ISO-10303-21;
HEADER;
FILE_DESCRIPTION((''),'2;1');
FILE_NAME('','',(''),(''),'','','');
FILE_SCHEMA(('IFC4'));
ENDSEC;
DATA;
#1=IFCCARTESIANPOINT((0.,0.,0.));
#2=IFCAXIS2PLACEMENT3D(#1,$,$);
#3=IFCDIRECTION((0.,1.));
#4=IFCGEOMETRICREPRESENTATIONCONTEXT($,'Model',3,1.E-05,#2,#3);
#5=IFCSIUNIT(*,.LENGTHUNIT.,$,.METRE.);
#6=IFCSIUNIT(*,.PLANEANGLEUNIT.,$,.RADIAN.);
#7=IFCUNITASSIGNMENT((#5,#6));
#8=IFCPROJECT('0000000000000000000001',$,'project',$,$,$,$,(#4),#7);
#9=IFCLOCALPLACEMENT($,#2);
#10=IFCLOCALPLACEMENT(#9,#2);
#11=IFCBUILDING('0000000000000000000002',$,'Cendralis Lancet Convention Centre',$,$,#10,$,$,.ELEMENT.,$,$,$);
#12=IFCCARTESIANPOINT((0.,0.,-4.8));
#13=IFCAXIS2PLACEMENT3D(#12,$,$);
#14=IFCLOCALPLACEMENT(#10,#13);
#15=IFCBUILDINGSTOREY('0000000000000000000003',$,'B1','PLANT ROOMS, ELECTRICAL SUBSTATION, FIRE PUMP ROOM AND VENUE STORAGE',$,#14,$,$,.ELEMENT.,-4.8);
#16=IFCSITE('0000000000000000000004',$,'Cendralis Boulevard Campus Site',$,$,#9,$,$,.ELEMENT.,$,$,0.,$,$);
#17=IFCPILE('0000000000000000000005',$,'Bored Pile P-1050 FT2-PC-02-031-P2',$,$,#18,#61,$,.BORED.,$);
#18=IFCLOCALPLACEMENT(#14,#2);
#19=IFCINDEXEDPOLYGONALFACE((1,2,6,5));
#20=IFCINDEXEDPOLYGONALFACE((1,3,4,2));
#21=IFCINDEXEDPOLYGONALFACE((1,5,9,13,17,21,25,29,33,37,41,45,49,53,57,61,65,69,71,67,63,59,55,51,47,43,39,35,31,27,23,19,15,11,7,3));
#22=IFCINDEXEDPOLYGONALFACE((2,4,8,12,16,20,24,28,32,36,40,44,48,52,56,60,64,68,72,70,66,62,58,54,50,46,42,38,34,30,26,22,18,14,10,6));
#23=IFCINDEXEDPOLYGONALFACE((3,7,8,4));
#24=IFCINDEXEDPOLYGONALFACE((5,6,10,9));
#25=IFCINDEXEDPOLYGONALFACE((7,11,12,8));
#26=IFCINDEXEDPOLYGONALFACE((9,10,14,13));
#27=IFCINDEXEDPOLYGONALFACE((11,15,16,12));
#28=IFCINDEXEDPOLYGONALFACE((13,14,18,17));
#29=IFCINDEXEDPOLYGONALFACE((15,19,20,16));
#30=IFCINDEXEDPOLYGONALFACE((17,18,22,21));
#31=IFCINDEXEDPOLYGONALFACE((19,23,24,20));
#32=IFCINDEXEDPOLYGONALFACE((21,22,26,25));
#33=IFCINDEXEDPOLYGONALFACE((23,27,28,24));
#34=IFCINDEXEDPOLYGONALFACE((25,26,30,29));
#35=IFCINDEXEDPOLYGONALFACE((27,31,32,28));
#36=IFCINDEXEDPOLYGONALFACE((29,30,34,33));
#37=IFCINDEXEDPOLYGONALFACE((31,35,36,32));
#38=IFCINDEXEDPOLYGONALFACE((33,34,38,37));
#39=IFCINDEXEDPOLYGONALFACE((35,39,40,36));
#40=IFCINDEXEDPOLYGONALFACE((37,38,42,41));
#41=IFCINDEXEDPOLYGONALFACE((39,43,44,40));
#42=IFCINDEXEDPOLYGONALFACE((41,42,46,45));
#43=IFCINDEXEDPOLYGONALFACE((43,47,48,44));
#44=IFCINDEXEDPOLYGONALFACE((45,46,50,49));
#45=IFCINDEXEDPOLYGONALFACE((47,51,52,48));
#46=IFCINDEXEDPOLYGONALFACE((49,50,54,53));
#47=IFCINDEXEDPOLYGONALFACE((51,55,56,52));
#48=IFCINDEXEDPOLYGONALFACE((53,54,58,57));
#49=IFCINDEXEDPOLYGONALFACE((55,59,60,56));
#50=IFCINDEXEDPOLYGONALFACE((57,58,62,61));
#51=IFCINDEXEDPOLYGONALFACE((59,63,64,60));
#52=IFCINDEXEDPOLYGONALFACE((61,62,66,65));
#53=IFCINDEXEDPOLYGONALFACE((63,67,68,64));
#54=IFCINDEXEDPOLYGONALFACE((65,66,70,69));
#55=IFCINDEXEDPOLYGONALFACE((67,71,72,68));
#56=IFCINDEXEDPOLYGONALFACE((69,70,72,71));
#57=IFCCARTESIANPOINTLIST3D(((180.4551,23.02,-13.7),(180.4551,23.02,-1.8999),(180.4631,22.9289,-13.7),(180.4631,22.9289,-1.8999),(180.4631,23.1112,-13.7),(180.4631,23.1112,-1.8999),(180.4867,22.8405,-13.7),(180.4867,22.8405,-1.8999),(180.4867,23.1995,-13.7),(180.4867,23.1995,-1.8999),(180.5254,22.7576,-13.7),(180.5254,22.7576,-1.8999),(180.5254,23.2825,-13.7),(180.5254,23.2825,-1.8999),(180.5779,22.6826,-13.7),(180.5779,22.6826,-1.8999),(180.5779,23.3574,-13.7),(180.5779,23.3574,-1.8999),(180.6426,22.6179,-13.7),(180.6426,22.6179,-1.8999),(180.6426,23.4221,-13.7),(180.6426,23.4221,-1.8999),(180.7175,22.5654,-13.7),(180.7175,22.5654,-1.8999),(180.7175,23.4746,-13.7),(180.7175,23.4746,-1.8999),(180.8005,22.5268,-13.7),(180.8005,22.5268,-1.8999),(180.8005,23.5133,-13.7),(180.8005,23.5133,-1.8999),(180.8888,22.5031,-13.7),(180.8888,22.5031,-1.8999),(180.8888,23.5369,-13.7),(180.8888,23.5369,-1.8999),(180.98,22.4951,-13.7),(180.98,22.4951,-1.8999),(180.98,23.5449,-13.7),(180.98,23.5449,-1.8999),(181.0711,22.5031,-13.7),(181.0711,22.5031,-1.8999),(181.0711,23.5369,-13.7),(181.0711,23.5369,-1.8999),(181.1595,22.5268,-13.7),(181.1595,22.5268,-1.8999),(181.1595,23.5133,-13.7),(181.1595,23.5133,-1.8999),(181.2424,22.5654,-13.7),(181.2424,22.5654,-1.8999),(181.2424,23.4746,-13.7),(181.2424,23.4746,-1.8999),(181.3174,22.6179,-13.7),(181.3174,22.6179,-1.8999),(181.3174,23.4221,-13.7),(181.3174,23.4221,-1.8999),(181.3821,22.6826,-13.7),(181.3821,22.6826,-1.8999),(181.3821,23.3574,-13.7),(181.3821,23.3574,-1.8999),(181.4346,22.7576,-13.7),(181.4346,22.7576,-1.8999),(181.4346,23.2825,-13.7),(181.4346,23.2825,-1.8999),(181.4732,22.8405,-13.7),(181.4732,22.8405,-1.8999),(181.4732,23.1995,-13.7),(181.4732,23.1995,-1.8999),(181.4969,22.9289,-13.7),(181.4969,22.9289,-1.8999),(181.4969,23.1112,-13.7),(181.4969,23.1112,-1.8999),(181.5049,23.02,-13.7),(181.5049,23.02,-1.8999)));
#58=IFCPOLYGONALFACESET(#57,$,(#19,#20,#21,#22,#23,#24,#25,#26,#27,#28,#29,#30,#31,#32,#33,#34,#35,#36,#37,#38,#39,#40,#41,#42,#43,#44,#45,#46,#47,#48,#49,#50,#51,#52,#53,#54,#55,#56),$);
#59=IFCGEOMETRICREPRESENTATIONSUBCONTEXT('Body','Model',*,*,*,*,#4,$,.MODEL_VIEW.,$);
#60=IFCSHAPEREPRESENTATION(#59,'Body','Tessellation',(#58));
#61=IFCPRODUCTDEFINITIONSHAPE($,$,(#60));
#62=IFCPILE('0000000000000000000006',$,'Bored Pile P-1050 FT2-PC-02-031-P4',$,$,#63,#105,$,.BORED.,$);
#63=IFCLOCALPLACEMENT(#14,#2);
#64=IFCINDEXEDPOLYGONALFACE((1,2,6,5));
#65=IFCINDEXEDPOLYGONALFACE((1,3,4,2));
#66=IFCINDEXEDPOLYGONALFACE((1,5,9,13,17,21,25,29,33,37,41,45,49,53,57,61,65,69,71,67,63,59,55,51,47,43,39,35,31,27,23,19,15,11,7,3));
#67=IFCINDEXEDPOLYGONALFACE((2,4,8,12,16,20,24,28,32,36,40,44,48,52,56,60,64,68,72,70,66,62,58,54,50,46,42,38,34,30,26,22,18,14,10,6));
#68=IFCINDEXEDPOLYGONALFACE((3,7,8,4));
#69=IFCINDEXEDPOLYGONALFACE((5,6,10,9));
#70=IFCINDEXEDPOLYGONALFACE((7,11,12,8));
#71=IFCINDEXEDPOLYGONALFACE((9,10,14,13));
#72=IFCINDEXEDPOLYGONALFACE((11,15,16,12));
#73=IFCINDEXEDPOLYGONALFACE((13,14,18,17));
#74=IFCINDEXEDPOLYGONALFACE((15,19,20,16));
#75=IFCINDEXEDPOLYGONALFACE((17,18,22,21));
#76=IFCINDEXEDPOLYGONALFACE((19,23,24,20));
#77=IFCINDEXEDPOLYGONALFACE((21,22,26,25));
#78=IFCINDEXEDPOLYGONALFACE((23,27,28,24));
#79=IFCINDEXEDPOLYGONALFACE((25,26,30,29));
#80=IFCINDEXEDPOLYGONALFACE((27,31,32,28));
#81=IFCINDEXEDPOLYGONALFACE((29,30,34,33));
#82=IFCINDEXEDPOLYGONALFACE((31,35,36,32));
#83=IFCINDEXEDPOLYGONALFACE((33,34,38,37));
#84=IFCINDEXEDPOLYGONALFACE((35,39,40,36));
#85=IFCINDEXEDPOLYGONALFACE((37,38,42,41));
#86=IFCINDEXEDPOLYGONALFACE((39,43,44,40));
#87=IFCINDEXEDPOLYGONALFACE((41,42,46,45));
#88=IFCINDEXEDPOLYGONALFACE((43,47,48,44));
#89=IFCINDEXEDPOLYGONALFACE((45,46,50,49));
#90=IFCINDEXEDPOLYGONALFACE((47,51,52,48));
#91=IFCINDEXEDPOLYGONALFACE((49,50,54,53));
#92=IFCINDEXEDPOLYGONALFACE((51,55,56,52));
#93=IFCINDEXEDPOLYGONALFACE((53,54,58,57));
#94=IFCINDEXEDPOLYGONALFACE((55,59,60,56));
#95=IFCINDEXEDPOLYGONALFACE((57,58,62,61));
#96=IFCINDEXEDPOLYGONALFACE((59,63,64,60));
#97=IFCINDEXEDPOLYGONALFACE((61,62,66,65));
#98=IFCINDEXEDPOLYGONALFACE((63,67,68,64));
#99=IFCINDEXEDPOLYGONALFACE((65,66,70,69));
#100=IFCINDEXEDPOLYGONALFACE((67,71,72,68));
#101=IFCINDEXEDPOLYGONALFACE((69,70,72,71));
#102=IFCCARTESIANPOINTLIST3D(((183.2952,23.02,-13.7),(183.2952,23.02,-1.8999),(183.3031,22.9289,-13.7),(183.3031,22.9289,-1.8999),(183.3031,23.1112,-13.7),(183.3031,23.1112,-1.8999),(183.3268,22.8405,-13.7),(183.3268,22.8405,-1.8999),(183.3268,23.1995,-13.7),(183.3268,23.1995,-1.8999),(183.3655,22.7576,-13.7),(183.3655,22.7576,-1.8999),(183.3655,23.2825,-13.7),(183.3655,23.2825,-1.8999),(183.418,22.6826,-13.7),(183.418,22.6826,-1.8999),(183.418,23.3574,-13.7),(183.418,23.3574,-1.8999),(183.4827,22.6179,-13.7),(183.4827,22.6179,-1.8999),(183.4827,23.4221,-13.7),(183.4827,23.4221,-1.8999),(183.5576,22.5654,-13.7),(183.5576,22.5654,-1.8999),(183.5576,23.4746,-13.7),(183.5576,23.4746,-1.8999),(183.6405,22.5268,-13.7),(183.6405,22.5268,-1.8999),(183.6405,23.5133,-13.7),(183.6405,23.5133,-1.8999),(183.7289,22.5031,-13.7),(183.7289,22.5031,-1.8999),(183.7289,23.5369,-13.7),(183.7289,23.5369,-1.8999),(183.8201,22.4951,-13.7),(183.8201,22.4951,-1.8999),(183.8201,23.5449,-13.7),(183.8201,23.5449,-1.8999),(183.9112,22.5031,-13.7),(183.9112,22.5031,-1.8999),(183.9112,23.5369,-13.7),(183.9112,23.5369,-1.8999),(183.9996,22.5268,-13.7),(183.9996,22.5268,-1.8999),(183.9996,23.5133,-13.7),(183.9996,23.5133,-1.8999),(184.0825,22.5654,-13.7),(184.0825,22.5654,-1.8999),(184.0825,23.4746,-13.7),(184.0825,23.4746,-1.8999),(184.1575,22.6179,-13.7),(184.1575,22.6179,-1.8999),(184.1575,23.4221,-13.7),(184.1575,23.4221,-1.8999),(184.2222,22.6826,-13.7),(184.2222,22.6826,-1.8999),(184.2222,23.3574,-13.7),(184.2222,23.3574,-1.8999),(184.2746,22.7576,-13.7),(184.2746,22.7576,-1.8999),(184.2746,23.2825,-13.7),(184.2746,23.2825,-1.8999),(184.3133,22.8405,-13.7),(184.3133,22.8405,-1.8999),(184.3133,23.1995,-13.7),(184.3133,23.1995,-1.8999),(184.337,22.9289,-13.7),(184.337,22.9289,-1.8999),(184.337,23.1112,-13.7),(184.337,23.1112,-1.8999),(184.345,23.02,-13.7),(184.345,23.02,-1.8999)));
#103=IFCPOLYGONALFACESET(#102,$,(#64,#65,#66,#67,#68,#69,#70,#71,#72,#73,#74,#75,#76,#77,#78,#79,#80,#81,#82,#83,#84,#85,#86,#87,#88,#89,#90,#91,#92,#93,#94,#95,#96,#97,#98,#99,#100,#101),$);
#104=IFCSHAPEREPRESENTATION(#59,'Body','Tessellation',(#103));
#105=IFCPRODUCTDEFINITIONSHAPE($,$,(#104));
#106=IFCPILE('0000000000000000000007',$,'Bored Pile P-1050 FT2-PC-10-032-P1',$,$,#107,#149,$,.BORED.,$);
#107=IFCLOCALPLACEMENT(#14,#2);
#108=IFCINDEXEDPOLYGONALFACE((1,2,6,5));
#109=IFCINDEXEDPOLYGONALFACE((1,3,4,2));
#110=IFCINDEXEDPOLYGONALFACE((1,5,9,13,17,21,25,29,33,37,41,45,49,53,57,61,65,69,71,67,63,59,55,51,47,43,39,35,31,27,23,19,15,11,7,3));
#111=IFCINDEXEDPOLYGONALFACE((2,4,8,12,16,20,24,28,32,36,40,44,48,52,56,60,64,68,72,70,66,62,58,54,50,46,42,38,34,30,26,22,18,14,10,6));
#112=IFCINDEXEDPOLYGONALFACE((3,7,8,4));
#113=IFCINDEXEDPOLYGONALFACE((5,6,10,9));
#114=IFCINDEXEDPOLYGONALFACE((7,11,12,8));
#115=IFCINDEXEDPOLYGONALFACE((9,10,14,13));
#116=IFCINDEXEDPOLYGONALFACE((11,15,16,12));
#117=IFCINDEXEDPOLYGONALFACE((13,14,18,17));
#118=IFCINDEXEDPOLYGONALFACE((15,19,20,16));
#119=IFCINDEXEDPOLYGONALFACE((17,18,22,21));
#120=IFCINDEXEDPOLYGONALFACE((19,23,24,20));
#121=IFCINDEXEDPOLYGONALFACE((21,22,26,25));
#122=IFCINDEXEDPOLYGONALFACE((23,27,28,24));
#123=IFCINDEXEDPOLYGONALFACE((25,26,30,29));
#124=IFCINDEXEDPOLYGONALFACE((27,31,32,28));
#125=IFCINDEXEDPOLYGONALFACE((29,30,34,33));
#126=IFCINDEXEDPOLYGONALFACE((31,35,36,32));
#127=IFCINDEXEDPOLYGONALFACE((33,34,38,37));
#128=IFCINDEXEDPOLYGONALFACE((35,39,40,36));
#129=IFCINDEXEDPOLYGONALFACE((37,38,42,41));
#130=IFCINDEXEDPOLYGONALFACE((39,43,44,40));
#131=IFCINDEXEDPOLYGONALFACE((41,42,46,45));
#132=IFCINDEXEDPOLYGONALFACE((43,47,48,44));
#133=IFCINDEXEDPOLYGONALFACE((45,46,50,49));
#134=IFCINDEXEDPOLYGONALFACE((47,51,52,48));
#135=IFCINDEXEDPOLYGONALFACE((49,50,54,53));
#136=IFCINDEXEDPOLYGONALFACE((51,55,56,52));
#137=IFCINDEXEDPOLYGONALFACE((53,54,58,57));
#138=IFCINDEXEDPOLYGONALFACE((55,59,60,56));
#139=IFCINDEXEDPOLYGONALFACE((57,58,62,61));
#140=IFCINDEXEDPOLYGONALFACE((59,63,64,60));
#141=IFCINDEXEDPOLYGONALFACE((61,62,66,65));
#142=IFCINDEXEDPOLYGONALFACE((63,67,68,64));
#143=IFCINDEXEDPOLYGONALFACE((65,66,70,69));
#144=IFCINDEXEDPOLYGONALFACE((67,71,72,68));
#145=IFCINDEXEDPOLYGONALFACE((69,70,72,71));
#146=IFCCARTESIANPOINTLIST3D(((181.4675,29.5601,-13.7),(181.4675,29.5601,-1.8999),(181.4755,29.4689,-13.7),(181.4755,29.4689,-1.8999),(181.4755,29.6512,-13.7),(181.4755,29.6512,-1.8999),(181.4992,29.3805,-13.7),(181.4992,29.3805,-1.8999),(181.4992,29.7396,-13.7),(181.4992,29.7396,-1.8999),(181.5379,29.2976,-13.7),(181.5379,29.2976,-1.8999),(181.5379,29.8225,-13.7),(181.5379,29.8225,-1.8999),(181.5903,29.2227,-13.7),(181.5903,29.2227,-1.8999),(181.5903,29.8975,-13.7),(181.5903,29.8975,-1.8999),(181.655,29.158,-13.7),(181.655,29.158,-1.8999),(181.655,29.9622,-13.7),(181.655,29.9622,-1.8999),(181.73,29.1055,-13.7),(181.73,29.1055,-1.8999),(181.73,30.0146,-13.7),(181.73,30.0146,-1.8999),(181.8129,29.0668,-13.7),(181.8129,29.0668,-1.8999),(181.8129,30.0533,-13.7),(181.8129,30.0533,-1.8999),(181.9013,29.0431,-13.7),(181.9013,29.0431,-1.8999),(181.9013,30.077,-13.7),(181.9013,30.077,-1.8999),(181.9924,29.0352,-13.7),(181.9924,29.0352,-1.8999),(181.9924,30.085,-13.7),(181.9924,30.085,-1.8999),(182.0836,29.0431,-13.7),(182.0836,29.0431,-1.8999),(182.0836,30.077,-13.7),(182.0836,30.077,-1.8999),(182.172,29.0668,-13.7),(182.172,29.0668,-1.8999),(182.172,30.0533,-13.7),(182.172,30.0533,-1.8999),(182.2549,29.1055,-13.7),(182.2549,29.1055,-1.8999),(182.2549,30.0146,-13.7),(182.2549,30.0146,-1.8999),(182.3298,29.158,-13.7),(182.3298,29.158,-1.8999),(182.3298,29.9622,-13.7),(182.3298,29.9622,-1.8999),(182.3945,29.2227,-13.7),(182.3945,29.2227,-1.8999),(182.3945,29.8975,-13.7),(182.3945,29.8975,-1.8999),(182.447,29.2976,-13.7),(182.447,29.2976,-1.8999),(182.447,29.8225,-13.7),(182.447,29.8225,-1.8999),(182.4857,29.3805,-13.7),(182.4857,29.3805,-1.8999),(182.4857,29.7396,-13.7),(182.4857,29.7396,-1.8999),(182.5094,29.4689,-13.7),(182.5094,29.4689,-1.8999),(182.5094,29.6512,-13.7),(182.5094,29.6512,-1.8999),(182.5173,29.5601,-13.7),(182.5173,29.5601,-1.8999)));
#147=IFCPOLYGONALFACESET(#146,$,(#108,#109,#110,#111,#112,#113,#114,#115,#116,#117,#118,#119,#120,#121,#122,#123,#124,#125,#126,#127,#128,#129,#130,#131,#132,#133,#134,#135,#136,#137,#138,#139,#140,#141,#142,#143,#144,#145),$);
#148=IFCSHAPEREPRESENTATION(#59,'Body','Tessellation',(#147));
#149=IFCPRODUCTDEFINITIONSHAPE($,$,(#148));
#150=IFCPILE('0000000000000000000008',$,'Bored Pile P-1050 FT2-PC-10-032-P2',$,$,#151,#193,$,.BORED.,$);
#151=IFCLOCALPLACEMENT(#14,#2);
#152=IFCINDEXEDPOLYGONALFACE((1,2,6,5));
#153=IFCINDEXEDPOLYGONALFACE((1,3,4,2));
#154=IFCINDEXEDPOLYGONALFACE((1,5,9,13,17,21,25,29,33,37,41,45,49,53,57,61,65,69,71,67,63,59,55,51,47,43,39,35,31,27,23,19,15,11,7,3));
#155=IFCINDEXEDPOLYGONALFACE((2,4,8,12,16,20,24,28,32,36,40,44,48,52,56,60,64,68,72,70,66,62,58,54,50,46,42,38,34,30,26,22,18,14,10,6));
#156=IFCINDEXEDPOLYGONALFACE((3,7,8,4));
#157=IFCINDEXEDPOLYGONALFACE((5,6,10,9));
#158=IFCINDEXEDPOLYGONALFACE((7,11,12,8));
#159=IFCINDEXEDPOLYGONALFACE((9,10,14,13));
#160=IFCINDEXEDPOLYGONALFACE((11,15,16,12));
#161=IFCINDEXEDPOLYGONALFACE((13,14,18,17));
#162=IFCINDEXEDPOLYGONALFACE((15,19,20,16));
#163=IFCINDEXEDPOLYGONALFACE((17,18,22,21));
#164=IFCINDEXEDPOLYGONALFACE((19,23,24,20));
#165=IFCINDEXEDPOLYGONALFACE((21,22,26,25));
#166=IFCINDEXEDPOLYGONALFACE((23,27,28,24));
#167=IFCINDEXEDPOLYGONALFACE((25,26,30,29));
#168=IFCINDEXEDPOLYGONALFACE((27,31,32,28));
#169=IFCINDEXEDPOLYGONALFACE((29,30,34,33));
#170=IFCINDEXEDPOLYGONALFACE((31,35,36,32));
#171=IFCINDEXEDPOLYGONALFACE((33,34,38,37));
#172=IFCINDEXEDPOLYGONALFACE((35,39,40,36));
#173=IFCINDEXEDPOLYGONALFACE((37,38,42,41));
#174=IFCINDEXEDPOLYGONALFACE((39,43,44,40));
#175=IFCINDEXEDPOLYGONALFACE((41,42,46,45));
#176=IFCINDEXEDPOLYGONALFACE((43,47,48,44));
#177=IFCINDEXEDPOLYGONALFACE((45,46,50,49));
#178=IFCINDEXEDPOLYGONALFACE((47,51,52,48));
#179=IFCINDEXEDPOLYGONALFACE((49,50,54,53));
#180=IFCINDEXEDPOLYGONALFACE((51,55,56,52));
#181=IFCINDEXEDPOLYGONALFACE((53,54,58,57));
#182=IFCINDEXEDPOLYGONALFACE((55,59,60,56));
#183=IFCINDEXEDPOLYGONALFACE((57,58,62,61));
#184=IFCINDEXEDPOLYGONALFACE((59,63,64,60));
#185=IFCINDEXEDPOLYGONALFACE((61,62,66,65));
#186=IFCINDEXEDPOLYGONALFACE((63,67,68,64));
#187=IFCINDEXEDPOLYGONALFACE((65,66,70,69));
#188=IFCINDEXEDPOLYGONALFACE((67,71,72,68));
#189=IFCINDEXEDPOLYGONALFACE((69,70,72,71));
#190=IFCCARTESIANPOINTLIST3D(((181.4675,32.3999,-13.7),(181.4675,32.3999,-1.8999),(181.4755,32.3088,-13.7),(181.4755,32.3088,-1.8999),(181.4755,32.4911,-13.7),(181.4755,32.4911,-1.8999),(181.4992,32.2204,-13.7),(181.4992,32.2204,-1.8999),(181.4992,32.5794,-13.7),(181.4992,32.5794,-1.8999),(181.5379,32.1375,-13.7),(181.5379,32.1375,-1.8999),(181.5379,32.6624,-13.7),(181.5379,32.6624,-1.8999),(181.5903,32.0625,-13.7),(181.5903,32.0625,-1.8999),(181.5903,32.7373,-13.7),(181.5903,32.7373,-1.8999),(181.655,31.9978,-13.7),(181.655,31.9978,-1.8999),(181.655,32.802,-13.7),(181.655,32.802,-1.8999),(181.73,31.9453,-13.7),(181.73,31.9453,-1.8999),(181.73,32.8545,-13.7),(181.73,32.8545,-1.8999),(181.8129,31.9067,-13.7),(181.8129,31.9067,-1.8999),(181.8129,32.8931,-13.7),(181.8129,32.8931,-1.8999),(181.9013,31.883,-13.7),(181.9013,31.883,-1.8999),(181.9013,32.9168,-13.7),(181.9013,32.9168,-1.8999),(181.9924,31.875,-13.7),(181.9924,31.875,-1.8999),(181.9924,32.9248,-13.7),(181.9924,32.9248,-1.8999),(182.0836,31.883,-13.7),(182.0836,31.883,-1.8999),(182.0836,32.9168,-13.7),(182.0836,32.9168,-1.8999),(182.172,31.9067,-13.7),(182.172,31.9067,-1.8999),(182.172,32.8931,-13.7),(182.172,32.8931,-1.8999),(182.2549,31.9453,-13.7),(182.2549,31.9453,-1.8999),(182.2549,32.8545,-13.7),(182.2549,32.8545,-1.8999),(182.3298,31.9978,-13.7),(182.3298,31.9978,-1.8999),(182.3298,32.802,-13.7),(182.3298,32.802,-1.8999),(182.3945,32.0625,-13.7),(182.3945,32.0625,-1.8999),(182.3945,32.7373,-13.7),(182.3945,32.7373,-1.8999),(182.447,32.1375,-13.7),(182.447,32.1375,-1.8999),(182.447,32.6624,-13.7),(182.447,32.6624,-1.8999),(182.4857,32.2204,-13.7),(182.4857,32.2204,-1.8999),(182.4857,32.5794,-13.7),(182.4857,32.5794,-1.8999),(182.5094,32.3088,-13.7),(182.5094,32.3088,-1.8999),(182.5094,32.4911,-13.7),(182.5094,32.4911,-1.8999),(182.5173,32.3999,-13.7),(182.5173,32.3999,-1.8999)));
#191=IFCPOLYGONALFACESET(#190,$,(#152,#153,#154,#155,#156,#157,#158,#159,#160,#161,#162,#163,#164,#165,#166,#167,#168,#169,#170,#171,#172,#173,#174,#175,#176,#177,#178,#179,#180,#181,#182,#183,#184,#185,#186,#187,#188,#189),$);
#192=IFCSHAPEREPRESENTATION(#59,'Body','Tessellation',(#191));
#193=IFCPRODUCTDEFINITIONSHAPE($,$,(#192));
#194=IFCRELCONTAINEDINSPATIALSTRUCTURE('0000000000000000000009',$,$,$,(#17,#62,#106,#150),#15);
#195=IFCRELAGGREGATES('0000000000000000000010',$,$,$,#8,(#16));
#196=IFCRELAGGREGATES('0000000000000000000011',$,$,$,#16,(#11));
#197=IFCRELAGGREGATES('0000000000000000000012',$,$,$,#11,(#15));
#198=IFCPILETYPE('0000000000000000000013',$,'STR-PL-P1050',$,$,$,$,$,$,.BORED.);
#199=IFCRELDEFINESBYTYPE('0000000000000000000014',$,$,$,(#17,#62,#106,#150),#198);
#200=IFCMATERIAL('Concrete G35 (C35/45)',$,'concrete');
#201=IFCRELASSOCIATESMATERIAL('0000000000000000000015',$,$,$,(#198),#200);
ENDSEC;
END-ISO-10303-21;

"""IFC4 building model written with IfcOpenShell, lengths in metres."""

from ifc_helpers import new_model, si_unit, direction, frame, origin, origin_2d, place, context, subcontext, project, spatial, circle, extrude, material, material_profile, profile_set, type_object, element, save


model = new_model("IFC4")

# Units and contexts
model_context = context("Model", 3, precision=1e-05, world=origin(), true_north=direction((0.0, 1.0)))
body_context = subcontext(model_context, "Body", "Model", "MODEL_VIEW")
ifc_project = project(units=[si_unit("LENGTHUNIT", "METRE"), si_unit("PLANEANGLEUNIT", "RADIAN")], contexts=[model_context])

# Site, building, storey
site_placement = place(None, origin())
site = spatial("IfcSite", under=ifc_project, at=site_placement, Name="Cendralis Boulevard Campus Site", CompositionType="ELEMENT", RefElevation=0.0)
building_placement = place(site_placement, origin())
building = spatial("IfcBuilding", under=site, at=building_placement, Name="Cendralis Lancet Convention Centre", CompositionType="ELEMENT")
storey_placement = place(building_placement, frame((0.0, 0.0, -4.8)))
storey = spatial("IfcBuildingStorey", under=building, at=storey_placement, Name="B1", Description="PLANT ROOMS, ELECTRICAL SUBSTATION, FIRE PUMP ROOM AND VENUE STORAGE", CompositionType="ELEMENT", Elevation=-4.8)

# Shared definitions
ifc_material_1 = material(Name="Concrete G35 (C35/45)", Category="concrete")

# Piles
ifc_material_profile_1 = material_profile(ifc_material_1, circle(Radius=0.5249, at=origin_2d()), Name="BORED PILE D1050")
ifc_profile_set_1 = profile_set([ifc_material_profile_1], Name="Concrete G35 (C35/45)")
pile_type = type_object("IfcPileType", Name="STR-PL-P1050", PredefinedType="BORED", material=ifc_profile_set_1)
for number, where, z_axis, x_axis, name in (
    (1, (180.98, 23.02, -1.8999), (0.0, 0.0, -1.0), (1.0, 0.0, 0.0), "Bored Pile P-1050 FT2-PC-02-031-P2"),
    (2, (183.8201, 23.02, -1.8999), (0.0, 0.0, -1.0), (1.0, 0.0, 0.0), "Bored Pile P-1050 FT2-PC-02-031-P4"),
    (3, (181.9924, 29.5601, -1.8999), (0.0, 0.0, -1.0), (1.0, 0.0, 0.0), "Bored Pile P-1050 FT2-PC-10-032-P1"),
    (4, (181.9924, 32.3999, -1.8999), (0.0, 0.0, -1.0), (1.0, 0.0, 0.0), "Bored Pile P-1050 FT2-PC-10-032-P2"),
):
    element("IfcPile", number, at=place(storey_placement, frame(where, z_axis=z_axis, x_axis=x_axis)), inside=storey, type_object=pile_type, Name=name, PredefinedType="BORED", context=body_context, shape_type="SweptSolid", body=[
        extrude(circle(Radius=0.5249, at=origin_2d()), origin(), (0.0, 0.0, 1.0), 11.8),
    ])

save(model, "model.ifc")
